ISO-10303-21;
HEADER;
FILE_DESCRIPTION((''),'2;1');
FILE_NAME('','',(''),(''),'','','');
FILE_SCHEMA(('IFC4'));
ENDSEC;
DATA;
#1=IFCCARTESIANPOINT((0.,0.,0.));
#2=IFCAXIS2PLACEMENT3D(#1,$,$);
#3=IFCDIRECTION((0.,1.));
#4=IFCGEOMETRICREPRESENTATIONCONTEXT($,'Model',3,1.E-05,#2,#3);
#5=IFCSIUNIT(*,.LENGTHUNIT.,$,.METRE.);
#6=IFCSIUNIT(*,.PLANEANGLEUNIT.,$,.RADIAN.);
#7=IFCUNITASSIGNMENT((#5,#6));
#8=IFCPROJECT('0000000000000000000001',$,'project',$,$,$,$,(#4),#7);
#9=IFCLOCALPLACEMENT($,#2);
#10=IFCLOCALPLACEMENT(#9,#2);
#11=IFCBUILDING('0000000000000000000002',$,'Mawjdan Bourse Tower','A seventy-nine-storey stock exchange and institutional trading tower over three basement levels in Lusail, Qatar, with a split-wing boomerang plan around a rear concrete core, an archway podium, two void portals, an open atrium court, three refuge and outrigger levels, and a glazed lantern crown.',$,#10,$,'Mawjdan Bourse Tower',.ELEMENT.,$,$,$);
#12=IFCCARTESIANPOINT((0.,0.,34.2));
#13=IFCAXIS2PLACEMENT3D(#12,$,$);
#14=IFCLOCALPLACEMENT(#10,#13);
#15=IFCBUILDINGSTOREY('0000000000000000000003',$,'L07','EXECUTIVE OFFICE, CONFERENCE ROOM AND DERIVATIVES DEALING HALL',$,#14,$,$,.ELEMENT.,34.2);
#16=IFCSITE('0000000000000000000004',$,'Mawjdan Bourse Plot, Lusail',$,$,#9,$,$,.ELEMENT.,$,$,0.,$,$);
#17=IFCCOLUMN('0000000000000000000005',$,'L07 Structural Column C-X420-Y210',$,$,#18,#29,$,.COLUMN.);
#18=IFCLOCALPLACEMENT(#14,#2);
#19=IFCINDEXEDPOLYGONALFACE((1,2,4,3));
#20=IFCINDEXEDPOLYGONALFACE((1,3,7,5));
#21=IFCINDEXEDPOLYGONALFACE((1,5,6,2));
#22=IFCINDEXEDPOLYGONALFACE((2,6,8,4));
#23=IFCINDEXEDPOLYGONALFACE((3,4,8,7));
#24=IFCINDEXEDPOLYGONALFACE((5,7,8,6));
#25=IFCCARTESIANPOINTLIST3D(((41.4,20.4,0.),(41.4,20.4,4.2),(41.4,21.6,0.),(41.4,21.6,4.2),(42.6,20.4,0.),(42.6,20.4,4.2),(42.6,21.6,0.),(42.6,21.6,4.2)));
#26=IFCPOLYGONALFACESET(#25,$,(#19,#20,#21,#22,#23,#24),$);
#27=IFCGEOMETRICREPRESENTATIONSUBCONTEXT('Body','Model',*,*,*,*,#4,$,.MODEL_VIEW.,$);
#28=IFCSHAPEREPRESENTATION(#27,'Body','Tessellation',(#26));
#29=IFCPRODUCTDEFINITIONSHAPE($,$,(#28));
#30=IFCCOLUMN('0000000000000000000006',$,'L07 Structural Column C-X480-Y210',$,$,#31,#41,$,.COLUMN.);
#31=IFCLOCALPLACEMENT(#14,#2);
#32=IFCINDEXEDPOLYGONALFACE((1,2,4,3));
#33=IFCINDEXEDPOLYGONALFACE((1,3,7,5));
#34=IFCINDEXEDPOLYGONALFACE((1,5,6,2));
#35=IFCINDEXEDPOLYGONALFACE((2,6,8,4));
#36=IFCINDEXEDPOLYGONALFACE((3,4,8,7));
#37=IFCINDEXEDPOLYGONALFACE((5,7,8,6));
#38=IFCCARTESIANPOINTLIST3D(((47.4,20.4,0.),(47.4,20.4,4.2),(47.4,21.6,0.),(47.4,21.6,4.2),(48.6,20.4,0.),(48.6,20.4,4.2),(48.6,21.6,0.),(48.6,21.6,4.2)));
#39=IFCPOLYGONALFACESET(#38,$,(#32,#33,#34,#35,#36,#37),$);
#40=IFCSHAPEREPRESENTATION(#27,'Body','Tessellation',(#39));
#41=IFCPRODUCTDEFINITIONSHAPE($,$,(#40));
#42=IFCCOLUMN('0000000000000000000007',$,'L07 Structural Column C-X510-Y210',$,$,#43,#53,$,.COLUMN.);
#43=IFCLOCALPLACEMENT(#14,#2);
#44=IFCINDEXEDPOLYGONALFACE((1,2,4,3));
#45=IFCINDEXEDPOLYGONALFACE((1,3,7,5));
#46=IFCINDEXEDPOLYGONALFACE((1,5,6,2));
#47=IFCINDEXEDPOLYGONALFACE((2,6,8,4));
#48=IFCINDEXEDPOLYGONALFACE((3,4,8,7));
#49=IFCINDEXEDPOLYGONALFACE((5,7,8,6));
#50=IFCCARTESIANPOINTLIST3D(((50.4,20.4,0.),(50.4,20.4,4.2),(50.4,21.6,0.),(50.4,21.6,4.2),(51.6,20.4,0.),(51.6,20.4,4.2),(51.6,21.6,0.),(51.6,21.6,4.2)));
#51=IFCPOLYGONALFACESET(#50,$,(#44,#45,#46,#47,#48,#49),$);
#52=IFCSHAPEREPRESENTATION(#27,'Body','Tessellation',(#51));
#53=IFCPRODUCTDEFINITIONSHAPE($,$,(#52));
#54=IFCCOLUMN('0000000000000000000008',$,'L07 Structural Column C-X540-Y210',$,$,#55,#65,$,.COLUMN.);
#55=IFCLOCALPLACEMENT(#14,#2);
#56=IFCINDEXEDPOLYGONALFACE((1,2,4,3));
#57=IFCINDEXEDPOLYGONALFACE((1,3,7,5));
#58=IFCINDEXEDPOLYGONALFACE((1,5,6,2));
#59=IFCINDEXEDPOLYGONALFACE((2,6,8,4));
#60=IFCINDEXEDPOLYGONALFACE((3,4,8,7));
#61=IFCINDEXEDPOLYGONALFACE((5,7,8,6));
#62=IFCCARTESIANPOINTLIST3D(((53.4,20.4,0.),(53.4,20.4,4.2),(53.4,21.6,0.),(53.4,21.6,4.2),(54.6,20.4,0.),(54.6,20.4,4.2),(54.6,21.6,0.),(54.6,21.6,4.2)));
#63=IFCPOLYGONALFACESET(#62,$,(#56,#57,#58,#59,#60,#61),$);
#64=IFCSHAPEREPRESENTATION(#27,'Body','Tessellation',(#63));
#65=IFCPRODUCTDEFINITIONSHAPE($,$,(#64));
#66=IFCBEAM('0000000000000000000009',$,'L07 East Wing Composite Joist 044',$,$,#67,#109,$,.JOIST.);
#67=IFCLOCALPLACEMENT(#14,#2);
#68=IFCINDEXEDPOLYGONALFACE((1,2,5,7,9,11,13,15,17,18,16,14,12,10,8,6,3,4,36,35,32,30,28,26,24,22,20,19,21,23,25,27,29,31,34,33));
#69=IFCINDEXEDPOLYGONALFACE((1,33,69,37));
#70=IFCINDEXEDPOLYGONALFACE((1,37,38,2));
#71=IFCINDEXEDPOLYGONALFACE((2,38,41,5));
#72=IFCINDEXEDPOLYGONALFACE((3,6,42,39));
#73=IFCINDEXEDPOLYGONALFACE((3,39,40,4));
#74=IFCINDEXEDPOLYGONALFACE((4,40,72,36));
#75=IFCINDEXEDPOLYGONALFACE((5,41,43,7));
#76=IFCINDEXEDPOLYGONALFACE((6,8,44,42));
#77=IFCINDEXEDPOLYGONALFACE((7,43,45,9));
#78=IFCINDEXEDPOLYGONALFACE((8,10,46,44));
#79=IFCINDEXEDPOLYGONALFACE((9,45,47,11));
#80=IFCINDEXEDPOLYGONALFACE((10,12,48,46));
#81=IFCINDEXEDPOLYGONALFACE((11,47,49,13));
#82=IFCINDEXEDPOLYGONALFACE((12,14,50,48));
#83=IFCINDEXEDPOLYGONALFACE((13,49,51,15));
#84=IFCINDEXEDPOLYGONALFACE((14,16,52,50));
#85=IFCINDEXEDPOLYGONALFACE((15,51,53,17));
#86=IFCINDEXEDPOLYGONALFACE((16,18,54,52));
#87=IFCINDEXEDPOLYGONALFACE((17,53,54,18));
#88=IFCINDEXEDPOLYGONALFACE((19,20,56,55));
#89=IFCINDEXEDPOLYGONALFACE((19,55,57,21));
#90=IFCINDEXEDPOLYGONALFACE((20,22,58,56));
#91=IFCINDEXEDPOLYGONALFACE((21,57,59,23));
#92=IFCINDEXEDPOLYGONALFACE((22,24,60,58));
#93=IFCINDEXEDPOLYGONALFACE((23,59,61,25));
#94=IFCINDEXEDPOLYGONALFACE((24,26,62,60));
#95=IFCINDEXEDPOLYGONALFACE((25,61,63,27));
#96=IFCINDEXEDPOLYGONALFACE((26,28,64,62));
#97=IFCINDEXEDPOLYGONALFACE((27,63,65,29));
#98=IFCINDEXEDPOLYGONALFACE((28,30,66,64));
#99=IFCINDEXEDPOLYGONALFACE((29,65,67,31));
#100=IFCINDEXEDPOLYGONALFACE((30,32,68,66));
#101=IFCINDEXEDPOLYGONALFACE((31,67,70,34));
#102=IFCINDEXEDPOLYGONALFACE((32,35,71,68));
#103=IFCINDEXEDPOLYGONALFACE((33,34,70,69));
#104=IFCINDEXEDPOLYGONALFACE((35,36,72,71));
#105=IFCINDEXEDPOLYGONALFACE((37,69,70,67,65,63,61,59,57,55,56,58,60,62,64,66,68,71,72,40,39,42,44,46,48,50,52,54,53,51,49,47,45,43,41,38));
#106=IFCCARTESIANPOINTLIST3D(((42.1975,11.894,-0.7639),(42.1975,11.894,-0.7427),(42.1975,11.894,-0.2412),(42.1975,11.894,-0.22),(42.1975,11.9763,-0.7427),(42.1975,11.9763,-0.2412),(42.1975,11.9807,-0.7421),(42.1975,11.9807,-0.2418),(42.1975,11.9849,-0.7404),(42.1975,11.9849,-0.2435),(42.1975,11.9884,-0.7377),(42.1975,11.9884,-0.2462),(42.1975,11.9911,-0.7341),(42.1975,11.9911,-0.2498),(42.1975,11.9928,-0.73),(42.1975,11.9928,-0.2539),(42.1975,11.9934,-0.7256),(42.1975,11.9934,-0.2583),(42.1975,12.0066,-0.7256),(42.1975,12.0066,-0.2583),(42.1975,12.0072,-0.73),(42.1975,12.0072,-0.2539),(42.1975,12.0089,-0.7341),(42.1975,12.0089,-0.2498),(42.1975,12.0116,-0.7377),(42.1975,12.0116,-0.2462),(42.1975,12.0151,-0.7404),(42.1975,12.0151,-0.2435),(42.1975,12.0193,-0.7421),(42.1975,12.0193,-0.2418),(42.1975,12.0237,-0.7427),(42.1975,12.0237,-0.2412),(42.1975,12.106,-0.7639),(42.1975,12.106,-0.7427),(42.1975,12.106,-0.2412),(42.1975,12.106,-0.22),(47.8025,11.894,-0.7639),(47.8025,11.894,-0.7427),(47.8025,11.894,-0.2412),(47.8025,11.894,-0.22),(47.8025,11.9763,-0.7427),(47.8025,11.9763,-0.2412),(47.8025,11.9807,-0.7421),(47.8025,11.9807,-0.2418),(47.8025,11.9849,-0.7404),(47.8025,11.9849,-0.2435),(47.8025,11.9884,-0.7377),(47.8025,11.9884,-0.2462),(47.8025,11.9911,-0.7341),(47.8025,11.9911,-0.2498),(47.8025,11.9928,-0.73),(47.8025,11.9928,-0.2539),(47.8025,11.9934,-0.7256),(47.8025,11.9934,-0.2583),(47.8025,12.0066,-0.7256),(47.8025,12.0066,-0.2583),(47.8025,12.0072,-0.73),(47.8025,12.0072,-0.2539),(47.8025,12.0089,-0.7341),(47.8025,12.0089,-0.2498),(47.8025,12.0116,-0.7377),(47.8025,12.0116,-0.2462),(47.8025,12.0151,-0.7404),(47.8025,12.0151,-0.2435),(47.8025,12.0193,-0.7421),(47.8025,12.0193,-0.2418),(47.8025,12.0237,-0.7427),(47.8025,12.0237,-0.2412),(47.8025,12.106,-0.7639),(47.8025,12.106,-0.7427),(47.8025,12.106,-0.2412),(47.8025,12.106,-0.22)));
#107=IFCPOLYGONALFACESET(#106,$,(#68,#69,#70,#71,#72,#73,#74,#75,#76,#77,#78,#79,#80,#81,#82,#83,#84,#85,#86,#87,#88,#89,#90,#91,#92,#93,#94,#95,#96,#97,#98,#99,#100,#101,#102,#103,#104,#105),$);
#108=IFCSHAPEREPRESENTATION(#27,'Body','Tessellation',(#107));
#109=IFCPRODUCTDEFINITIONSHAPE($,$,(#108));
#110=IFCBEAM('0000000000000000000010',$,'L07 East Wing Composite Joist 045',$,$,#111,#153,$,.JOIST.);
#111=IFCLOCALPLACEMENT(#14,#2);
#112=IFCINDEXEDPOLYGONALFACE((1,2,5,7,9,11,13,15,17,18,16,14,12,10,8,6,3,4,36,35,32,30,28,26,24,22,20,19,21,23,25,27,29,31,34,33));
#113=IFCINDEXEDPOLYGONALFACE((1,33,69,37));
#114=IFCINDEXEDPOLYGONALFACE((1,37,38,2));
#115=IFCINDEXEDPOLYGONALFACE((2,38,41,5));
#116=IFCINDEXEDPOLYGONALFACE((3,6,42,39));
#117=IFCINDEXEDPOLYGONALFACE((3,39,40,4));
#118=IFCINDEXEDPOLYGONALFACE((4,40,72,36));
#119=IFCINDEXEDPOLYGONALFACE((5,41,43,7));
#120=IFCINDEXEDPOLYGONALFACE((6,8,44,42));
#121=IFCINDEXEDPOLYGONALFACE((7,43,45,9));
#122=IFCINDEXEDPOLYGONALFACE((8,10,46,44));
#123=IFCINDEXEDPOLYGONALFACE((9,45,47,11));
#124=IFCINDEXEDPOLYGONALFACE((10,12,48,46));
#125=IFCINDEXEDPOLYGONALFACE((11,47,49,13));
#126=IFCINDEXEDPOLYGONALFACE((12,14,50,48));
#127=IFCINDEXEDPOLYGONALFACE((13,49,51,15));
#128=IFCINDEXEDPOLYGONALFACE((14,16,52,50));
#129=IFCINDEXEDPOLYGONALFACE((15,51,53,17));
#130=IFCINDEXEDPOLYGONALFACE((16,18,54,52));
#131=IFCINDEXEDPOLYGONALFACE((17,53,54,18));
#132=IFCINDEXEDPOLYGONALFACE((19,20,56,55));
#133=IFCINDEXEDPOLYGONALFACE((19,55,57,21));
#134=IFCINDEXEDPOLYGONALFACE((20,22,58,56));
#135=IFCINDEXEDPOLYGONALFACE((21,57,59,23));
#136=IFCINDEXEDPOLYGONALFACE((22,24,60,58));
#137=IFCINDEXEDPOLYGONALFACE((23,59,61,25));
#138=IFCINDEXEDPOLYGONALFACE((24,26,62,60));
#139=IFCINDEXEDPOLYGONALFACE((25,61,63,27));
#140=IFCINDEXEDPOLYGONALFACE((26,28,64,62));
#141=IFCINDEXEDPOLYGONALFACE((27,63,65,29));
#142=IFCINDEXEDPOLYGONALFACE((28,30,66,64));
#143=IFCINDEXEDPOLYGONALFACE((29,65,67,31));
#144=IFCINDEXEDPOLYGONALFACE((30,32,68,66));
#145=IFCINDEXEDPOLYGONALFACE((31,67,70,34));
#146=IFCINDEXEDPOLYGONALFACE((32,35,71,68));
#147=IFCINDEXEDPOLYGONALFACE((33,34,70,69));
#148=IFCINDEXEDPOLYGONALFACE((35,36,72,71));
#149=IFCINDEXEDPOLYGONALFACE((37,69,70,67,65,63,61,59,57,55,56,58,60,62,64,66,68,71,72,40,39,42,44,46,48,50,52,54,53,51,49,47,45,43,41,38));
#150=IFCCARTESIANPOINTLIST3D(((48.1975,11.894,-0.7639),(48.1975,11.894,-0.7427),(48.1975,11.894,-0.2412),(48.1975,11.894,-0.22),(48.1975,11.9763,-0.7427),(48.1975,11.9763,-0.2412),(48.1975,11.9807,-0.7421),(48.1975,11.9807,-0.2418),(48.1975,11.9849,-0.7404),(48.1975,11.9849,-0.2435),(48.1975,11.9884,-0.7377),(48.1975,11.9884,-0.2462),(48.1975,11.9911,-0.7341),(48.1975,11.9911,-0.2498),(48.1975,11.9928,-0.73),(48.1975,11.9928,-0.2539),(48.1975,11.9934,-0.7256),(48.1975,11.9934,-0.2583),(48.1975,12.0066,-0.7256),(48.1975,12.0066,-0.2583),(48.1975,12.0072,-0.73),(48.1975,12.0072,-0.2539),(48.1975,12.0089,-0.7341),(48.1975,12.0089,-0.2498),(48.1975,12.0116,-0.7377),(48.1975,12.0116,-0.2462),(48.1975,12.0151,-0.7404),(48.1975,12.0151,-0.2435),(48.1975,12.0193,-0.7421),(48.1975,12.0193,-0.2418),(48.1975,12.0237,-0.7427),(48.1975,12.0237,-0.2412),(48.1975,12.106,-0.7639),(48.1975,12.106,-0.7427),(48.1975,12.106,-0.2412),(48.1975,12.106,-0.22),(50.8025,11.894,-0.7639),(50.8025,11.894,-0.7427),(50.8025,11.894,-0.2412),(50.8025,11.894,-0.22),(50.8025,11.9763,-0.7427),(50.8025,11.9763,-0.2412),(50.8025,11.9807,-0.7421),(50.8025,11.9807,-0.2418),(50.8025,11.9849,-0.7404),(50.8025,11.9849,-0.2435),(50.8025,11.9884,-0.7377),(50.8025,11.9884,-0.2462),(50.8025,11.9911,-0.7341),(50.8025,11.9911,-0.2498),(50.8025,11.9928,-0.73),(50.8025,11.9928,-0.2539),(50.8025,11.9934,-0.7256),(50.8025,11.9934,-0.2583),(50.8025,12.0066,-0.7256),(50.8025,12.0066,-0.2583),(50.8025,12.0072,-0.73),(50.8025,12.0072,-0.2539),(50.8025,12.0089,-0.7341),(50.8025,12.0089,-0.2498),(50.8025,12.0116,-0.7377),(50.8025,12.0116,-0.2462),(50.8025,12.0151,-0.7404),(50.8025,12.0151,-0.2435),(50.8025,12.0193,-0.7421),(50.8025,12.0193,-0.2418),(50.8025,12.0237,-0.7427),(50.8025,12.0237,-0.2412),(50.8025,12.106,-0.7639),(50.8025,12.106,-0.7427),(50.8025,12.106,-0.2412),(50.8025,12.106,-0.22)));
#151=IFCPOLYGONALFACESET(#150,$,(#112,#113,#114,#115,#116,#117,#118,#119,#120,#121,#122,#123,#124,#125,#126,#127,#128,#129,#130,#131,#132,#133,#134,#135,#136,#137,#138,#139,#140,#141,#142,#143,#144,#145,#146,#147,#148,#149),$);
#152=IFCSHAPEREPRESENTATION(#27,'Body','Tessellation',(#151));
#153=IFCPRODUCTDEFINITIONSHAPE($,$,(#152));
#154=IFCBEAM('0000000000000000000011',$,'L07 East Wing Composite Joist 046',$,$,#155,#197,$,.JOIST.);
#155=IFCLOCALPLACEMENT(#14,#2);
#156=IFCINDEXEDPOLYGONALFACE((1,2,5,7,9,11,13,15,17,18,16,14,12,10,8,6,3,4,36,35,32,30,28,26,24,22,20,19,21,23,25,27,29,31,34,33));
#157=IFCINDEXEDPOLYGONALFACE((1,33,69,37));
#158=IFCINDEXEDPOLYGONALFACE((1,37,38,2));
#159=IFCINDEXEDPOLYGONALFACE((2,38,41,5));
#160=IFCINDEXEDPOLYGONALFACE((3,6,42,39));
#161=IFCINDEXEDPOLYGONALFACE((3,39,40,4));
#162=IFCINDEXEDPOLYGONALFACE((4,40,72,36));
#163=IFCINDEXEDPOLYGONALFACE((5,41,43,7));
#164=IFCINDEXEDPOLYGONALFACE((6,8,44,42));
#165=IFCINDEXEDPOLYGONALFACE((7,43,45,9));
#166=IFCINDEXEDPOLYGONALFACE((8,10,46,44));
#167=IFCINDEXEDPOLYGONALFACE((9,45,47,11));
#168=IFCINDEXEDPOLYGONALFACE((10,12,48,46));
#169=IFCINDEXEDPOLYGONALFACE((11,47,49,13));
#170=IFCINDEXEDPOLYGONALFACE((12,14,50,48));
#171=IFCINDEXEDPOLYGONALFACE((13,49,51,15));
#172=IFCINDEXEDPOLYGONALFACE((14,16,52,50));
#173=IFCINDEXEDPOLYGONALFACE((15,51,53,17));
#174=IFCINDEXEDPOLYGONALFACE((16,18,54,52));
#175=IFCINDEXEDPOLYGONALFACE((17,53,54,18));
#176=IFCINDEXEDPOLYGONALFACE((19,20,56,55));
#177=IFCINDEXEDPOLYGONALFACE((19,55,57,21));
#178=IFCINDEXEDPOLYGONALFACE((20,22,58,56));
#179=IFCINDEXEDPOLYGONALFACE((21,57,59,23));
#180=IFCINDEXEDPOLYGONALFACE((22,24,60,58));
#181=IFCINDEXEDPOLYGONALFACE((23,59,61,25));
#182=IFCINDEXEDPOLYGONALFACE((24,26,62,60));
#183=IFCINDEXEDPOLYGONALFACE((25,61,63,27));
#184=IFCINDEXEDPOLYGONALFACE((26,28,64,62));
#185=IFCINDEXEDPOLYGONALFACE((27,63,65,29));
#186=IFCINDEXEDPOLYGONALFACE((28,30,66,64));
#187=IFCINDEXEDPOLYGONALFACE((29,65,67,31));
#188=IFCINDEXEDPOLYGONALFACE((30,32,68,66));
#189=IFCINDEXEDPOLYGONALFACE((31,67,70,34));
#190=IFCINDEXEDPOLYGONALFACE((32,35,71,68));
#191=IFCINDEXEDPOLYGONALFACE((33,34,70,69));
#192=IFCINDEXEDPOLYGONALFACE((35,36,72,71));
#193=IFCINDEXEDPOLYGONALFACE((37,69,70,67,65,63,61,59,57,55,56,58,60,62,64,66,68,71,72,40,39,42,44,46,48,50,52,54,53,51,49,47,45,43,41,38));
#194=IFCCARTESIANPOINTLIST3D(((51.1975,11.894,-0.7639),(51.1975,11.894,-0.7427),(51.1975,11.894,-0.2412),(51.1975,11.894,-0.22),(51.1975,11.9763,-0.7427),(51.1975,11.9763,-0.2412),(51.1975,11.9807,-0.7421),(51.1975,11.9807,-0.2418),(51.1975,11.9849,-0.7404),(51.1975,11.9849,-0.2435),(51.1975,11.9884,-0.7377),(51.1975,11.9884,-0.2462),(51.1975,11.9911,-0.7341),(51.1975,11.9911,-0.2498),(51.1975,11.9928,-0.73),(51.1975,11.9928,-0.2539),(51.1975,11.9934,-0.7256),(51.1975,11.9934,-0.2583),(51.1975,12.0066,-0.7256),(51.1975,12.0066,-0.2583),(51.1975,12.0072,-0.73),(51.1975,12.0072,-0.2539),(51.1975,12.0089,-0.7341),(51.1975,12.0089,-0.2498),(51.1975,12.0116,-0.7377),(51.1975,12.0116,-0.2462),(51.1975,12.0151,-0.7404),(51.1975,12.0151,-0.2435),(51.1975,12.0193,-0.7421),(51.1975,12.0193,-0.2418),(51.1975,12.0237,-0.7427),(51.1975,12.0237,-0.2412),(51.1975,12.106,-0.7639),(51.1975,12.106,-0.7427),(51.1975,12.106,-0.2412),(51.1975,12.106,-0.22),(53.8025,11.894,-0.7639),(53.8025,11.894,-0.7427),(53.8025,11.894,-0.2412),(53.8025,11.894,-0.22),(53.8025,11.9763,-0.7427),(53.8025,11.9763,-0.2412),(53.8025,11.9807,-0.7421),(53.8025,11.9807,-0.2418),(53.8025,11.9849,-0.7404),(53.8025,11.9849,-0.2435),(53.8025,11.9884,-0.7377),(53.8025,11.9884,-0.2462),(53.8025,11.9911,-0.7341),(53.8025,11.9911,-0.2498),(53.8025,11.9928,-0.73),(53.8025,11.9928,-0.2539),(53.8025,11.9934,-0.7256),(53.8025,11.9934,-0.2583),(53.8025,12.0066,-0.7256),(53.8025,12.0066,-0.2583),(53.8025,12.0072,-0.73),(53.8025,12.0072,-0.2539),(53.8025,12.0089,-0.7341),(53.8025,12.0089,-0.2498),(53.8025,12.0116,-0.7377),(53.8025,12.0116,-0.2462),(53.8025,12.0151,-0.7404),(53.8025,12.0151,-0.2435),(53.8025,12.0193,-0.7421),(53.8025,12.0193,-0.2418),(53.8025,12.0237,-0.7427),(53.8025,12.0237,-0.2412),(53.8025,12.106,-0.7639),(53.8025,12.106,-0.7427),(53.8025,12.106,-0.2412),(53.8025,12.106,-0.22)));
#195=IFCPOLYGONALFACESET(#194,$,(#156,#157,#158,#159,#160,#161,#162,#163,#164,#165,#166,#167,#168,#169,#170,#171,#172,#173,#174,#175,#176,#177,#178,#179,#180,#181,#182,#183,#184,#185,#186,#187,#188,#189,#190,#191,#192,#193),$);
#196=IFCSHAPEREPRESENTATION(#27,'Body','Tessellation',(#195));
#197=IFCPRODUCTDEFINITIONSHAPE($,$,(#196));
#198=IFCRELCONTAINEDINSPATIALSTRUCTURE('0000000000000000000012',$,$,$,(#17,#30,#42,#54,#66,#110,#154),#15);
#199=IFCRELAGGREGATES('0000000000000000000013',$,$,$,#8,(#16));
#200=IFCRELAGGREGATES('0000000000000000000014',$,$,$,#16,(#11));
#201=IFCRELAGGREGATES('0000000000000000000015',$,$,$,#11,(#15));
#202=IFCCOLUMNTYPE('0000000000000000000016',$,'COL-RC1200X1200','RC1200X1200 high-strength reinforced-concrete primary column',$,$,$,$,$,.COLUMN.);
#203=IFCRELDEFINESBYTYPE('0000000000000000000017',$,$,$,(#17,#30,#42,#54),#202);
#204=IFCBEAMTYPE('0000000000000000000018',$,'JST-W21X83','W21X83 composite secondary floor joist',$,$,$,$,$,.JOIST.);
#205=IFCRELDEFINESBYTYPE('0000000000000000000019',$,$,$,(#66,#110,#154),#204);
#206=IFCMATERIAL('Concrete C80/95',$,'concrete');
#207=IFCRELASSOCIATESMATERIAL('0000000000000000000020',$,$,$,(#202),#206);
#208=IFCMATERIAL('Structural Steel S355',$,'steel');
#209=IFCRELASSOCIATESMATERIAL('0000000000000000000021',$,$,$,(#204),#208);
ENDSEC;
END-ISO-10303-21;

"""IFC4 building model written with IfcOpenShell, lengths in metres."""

from ifc_helpers import new_model, si_unit, direction, frame, origin, origin_2d, place, context, subcontext, project, spatial, rectangle, i_section, extrude, material, material_profile, profile_set, type_object, element, save


model = new_model("IFC4")

# Units and contexts
model_context = context("Model", 3, precision=1e-05, world=origin(), true_north=direction((0.0, 1.0)))
body_context = subcontext(model_context, "Body", "Model", "MODEL_VIEW")
ifc_project = project(units=[si_unit("LENGTHUNIT", "METRE"), si_unit("PLANEANGLEUNIT", "RADIAN")], contexts=[model_context])

# Site, building, storey
site_placement = place(None, origin())
site = spatial("IfcSite", under=ifc_project, at=site_placement, Name="Mawjdan Bourse Plot, Lusail", CompositionType="ELEMENT", RefElevation=0.0)
building_placement = place(site_placement, origin())
building = spatial("IfcBuilding", under=site, at=building_placement, Name="Mawjdan Bourse Tower", Description="A seventy-nine-storey stock exchange and institutional trading tower over three basement levels in Lusail, Qatar, with a split-wing boomerang plan around a rear concrete core, an archway podium, two void portals, an open atrium court, three refuge and outrigger levels, and a glazed lantern crown.", LongName="Mawjdan Bourse Tower", CompositionType="ELEMENT")
storey_placement = place(building_placement, frame((0.0, 0.0, 34.2)))
storey = spatial("IfcBuildingStorey", under=building, at=storey_placement, Name="L07", Description="EXECUTIVE OFFICE, CONFERENCE ROOM AND DERIVATIVES DEALING HALL", CompositionType="ELEMENT", Elevation=34.2)

# Columns
ifc_material_1 = material(Name="Concrete C80/95", Category="concrete")
ifc_material_profile_1 = material_profile(ifc_material_1, rectangle(XDim=1.2, YDim=1.2, at=origin_2d()), Name="RC1200X1200")
ifc_profile_set_1 = profile_set([ifc_material_profile_1], Name="Concrete C80/95")
column_type = type_object("IfcColumnType", Name="COL-RC1200X1200", Description="RC1200X1200 high-strength reinforced-concrete primary column", PredefinedType="COLUMN", material=ifc_profile_set_1)
for number, where, z_axis, x_axis, name in (
    (1, (42.0, 21.0, 0.0), (0.0, 0.0, 1.0), (1.0, 0.0, 0.0), "L07 Structural Column C-X420-Y210"),
    (2, (48.0, 21.0, 0.0), (0.0, 0.0, 1.0), (1.0, 0.0, 0.0), "L07 Structural Column C-X480-Y210"),
    (3, (51.0, 21.0, 0.0), (0.0, 0.0, 1.0), (1.0, 0.0, 0.0), "L07 Structural Column C-X510-Y210"),
    (4, (54.0, 21.0, 0.0), (0.0, 0.0, 1.0), (1.0, 0.0, 0.0), "L07 Structural Column C-X540-Y210"),
):
    element("IfcColumn", number, at=place(storey_placement, frame(where, z_axis=z_axis, x_axis=x_axis)), inside=storey, type_object=column_type, Name=name, PredefinedType="COLUMN", context=body_context, shape_type="SweptSolid", body=[
        extrude(rectangle(XDim=1.2, YDim=1.2, at=origin_2d()), origin(), (0.0, 0.0, 1.0), 4.2),
    ])

# Beams
ifc_material_2 = material(Name="Structural Steel S355", Category="steel")
ifc_material_profile_2 = material_profile(ifc_material_2, i_section(OverallWidth=0.2119, OverallDepth=0.5439, WebThickness=0.0132, FlangeThickness=0.0212, FilletRadius=0.0171, at=origin_2d()), Name="W21X83")
ifc_profile_set_2 = profile_set([ifc_material_profile_2], Name="Structural Steel S355")
beam_type_1 = type_object("IfcBeamType", Name="JST-W21X83", Description="W21X83 composite secondary floor joist", PredefinedType="JOIST", material=ifc_profile_set_2)
beam_1_placement = place(storey_placement, frame((42.1975, 12.0, -0.4919), z_axis=(1.0, 0.0, 0.0), x_axis=(0.0, 1.0, 0.0)))
element("IfcBeam", 5, at=beam_1_placement, inside=storey, type_object=beam_type_1, Name="L07 East Wing Composite Joist 044", PredefinedType="JOIST", context=body_context, shape_type="SweptSolid", body=[
    extrude(i_section(OverallWidth=0.2119, OverallDepth=0.5439, WebThickness=0.0132, FlangeThickness=0.0212, FilletRadius=0.0171, at=origin_2d()), origin(), (0.0, 0.0, 1.0), 5.605),
])
for number, where, z_axis, x_axis, name in (
    (6, (48.1975, 12.0, -0.4919), (1.0, 0.0, 0.0), (0.0, 1.0, 0.0), "L07 East Wing Composite Joist 045"),
    (7, (51.1975, 12.0, -0.4919), (1.0, 0.0, 0.0), (0.0, 1.0, 0.0), "L07 East Wing Composite Joist 046"),
):
    element("IfcBeam", number, at=place(storey_placement, frame(where, z_axis=z_axis, x_axis=x_axis)), inside=storey, type_object=beam_type_1, Name=name, PredefinedType="JOIST", context=body_context, shape_type="SweptSolid", body=[
        extrude(i_section(OverallWidth=0.2119, OverallDepth=0.5439, WebThickness=0.0132, FlangeThickness=0.0212, FilletRadius=0.0171, at=origin_2d()), origin(), (0.0, 0.0, 1.0), 2.605),
    ])

save(model, "model.ifc")
